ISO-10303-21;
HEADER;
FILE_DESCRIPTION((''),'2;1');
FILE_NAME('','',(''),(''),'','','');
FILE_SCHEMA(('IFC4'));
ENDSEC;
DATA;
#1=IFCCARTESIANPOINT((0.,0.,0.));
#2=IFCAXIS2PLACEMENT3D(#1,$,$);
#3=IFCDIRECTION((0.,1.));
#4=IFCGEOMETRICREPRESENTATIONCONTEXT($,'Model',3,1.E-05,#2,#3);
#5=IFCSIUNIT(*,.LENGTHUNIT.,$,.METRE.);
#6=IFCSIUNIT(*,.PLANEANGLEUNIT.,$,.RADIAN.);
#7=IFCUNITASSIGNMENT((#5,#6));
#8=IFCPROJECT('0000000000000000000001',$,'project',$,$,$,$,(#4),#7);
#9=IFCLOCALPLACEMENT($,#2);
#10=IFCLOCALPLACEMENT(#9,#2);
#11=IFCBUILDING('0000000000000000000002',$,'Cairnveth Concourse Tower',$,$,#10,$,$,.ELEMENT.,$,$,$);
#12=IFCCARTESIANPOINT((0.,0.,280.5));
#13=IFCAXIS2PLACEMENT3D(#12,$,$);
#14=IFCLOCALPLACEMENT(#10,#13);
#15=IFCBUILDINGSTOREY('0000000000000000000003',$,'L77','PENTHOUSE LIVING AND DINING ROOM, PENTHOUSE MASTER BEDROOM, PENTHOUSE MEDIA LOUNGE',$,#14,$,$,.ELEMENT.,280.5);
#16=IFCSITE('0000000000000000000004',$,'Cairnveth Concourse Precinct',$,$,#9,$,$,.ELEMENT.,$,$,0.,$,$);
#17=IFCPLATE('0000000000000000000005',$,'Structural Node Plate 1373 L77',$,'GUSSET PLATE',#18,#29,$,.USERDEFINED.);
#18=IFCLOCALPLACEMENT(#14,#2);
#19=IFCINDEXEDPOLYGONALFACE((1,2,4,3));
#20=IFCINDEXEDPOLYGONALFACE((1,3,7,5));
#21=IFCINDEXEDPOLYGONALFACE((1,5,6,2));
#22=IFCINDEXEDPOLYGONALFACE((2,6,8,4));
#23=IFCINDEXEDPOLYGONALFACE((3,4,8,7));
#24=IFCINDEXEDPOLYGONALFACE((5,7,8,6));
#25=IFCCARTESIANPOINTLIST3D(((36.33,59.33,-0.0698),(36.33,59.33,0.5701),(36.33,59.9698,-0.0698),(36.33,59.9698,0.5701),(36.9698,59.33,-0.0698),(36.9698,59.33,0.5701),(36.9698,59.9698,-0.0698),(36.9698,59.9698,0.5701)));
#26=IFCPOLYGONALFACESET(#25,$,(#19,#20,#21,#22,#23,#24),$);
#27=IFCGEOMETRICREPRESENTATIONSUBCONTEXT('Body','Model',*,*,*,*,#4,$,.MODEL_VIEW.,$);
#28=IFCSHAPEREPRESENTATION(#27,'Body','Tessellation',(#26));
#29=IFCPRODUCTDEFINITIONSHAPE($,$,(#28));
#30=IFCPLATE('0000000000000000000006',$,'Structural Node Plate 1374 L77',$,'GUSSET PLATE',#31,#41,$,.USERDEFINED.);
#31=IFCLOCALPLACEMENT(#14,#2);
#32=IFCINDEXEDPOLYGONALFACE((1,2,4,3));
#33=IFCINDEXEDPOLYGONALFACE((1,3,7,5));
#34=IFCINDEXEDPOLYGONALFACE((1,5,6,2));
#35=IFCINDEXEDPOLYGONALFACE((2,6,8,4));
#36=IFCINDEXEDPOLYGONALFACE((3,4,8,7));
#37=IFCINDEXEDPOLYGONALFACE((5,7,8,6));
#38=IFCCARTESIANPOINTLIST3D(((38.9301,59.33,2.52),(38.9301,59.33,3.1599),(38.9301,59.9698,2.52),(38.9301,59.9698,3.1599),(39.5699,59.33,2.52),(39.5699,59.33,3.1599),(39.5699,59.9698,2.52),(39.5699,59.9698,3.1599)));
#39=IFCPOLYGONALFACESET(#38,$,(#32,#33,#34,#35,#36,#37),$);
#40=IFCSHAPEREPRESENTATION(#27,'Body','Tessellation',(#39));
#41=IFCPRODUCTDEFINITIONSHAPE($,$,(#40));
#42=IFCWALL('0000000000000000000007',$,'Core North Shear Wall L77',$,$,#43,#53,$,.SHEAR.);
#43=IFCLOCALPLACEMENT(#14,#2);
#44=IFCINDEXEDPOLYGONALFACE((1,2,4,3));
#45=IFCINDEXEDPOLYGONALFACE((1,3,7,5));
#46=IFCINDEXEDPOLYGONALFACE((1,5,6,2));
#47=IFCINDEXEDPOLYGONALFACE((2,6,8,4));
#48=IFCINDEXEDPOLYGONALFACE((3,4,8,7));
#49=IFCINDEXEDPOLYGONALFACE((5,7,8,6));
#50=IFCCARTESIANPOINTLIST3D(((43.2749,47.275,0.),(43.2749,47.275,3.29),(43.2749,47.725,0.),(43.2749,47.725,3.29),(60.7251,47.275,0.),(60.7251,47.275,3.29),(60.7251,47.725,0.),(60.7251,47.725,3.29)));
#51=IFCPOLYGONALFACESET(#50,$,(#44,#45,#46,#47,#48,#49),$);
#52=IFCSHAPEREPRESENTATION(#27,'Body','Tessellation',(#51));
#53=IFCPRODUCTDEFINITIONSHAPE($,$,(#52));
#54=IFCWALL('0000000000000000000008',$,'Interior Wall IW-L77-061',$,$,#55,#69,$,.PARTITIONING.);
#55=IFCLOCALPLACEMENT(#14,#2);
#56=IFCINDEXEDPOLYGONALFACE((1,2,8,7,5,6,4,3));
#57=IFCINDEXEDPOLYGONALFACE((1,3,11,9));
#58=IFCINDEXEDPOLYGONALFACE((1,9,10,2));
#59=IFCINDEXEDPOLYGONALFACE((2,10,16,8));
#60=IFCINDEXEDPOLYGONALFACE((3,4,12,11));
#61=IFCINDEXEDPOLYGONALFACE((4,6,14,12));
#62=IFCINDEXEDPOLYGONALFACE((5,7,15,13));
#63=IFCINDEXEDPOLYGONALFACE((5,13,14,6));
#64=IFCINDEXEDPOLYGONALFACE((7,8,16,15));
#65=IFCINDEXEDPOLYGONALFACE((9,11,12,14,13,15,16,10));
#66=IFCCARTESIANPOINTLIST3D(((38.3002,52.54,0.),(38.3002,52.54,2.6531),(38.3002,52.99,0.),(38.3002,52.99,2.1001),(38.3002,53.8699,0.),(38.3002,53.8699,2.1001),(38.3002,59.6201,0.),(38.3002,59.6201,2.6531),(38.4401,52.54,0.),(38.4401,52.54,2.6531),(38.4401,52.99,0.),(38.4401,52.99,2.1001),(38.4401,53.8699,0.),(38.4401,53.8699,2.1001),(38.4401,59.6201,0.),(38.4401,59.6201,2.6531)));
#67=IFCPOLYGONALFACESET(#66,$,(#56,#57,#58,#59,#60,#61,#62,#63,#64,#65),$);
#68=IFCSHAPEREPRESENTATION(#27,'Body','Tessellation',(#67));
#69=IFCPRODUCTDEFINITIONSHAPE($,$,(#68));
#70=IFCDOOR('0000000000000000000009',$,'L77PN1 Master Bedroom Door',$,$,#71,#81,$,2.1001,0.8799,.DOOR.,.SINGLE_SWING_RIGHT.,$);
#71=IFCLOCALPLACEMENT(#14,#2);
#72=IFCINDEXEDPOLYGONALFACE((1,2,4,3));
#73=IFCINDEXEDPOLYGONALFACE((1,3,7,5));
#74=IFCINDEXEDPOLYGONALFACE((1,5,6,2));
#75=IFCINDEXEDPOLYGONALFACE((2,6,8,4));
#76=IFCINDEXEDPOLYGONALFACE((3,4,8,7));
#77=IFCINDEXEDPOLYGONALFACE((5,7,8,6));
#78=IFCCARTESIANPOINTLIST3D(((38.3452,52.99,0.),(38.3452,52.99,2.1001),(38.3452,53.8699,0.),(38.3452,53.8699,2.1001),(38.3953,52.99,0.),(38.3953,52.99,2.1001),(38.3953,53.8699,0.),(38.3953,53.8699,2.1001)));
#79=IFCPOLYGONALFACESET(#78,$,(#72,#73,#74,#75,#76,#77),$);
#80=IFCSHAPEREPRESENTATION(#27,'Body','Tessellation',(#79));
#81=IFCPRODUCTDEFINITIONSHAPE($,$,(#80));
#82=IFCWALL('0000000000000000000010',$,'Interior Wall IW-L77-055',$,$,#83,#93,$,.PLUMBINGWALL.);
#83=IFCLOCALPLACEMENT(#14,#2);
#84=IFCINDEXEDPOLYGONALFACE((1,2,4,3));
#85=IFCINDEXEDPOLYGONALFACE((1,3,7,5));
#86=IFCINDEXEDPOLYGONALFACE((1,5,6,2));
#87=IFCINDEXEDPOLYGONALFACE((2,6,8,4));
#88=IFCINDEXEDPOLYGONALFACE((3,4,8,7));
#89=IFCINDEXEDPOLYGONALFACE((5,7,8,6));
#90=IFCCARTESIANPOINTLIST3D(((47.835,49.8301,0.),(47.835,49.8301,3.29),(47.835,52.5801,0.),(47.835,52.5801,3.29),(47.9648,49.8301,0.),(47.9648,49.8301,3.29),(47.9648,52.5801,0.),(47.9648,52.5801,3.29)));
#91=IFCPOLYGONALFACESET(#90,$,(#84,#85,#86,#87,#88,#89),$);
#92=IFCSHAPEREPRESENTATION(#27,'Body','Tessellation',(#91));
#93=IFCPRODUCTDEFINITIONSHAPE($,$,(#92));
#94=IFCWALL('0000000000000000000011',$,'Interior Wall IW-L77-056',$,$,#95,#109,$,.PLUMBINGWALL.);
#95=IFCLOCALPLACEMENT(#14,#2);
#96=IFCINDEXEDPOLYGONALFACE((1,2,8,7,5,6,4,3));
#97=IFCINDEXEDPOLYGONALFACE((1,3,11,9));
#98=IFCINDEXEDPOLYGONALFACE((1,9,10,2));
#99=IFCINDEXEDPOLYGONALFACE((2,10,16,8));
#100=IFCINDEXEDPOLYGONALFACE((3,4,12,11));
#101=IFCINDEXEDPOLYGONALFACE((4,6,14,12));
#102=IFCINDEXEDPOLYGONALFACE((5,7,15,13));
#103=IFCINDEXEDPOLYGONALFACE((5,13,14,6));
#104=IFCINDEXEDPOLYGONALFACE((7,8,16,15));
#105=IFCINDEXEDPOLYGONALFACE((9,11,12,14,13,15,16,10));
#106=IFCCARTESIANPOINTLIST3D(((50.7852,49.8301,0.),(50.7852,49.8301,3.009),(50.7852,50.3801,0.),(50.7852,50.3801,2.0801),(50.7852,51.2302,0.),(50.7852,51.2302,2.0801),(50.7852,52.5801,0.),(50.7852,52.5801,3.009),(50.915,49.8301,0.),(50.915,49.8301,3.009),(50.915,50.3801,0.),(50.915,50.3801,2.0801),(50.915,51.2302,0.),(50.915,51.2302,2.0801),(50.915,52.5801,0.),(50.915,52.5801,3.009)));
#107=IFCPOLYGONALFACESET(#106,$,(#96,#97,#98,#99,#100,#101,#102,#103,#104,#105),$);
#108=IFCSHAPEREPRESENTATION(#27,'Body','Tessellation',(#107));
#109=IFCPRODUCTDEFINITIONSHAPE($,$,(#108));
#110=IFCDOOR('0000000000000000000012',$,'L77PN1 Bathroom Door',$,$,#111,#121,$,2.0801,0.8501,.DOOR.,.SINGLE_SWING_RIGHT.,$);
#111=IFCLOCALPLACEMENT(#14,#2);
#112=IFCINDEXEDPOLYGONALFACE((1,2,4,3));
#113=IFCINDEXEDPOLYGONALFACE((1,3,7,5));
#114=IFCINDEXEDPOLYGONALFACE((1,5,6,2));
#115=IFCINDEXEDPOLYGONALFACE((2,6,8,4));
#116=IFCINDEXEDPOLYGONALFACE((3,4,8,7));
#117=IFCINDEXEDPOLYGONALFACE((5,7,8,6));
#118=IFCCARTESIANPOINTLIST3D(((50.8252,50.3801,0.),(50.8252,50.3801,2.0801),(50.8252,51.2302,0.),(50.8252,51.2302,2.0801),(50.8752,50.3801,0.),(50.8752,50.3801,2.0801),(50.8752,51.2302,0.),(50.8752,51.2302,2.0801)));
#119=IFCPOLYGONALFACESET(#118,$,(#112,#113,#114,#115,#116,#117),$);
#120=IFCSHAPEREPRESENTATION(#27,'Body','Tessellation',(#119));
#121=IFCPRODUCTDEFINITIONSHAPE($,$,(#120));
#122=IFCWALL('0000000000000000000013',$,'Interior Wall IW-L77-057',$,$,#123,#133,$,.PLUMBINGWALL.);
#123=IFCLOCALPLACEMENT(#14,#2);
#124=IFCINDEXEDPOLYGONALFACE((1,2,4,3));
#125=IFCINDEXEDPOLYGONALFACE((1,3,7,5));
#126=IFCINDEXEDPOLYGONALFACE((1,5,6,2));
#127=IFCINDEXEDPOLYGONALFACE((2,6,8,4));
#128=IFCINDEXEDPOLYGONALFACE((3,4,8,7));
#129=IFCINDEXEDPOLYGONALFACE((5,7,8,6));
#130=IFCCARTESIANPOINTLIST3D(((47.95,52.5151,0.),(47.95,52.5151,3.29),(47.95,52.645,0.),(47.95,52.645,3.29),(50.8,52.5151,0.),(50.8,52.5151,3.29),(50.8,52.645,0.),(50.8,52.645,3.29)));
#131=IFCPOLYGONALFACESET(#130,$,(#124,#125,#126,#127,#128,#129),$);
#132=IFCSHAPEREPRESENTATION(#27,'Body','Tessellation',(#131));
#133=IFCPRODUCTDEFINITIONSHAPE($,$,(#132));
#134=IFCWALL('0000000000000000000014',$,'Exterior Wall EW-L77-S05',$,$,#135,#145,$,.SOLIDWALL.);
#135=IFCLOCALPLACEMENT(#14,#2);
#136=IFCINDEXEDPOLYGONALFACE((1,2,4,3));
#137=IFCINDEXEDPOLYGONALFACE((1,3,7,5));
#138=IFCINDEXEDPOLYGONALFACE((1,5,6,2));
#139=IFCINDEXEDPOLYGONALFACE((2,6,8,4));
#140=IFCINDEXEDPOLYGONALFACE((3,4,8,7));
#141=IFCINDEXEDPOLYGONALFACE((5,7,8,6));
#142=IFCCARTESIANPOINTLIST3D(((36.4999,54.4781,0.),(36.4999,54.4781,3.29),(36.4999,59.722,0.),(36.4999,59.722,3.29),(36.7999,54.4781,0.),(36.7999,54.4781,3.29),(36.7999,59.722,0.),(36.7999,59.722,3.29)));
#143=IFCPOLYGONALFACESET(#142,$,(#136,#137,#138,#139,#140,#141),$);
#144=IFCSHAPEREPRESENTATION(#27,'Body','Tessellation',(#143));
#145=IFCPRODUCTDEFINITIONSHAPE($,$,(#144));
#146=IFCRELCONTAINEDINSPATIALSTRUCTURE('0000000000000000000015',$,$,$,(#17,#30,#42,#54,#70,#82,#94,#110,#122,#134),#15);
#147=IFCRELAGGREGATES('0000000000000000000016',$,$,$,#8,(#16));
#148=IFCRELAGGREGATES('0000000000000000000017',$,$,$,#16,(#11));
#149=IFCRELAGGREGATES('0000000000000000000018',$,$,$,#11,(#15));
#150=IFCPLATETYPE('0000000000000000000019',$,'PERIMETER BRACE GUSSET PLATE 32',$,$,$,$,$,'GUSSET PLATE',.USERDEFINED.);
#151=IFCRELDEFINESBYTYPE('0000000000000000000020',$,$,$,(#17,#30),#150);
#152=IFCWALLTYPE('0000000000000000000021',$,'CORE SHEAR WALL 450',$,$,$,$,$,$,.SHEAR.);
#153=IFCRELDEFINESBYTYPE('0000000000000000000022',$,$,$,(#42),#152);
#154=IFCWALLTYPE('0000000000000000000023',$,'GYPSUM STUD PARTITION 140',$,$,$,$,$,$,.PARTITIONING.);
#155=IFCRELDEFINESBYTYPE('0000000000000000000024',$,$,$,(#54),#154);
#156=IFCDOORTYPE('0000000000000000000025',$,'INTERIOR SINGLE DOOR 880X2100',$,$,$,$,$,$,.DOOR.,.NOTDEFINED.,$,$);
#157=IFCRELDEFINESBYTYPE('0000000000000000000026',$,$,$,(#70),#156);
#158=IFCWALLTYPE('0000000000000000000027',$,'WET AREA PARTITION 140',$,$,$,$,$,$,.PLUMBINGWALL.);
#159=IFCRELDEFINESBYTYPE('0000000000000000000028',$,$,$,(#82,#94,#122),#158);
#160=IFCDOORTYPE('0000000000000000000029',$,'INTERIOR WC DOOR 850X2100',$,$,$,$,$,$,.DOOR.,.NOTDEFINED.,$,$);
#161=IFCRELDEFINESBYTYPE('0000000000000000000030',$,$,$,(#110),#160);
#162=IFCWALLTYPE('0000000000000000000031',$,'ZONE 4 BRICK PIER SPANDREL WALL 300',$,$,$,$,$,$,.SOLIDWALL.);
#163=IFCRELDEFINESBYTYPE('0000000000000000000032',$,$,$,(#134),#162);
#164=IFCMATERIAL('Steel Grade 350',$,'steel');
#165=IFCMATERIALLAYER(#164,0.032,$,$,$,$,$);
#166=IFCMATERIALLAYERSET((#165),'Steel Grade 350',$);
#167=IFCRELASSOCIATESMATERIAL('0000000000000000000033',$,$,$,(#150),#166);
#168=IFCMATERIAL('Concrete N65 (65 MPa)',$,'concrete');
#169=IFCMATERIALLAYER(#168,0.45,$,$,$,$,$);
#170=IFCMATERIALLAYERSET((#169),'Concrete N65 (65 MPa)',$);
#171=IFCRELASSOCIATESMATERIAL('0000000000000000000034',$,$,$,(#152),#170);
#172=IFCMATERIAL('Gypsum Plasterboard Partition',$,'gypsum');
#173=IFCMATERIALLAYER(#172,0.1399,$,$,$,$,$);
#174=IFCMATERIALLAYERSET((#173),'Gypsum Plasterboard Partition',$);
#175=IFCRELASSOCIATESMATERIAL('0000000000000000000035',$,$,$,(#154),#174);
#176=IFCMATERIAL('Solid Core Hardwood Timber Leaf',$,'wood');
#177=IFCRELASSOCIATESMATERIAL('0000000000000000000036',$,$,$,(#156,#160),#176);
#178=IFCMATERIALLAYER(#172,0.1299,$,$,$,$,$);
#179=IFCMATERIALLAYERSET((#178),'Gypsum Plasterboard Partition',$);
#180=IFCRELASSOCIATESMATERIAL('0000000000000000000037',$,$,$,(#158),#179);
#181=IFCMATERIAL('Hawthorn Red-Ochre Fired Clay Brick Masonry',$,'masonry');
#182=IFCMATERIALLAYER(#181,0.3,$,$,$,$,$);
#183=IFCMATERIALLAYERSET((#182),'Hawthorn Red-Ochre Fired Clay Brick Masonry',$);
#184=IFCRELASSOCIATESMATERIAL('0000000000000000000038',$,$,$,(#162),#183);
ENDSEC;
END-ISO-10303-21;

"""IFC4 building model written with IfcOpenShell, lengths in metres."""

from ifc_helpers import new_model, si_unit, direction, frame, frame_2d, origin, origin_2d, place, context, subcontext, project, spatial, rectangle, extrude, material, layer, layer_set, type_object, element, fill, save


model = new_model("IFC4")

# Units and contexts
model_context = context("Model", 3, precision=1e-05, world=origin(), true_north=direction((0.0, 1.0)))
body_context = subcontext(model_context, "Body", "Model", "MODEL_VIEW")
ifc_project = project(units=[si_unit("LENGTHUNIT", "METRE"), si_unit("PLANEANGLEUNIT", "RADIAN")], contexts=[model_context])

# Site, building, storey
site_placement = place(None, origin())
site = spatial("IfcSite", under=ifc_project, at=site_placement, Name="Cairnveth Concourse Precinct", CompositionType="ELEMENT", RefElevation=0.0)
building_placement = place(site_placement, origin())
building = spatial("IfcBuilding", under=site, at=building_placement, Name="Cairnveth Concourse Tower", CompositionType="ELEMENT")
storey_placement = place(building_placement, frame((0.0, 0.0, 280.5)))
storey = spatial("IfcBuildingStorey", under=building, at=storey_placement, Name="L77", Description="PENTHOUSE LIVING AND DINING ROOM, PENTHOUSE MASTER BEDROOM, PENTHOUSE MEDIA LOUNGE", CompositionType="ELEMENT", Elevation=280.5)

# Shared definitions
ifc_material_1 = material(Name="Steel Grade 350", Category="steel")

# Plates
ifc_layer_1 = layer(ifc_material_1, 0.032)
ifc_layer_set_1 = layer_set([ifc_layer_1], Name="Steel Grade 350")
plate_type = type_object("IfcPlateType", Name="PERIMETER BRACE GUSSET PLATE 32", ElementType="GUSSET PLATE", PredefinedType="USERDEFINED", material=ifc_layer_set_1)
for number, where, z_axis, x_axis, name in (
    (1, (36.6499, 59.6499, -0.0698), (0.0, 0.0, 1.0), (1.0, 0.0, 0.0), "Structural Node Plate 1373 L77"),
    (2, (39.25, 59.6499, 2.52), (0.0, 0.0, 1.0), (1.0, 0.0, 0.0), "Structural Node Plate 1374 L77"),
):
    element("IfcPlate", number, at=place(storey_placement, frame(where, z_axis=z_axis, x_axis=x_axis)), inside=storey, type_object=plate_type, Name=name, ObjectType="GUSSET PLATE", PredefinedType="USERDEFINED", context=body_context, shape_type="SweptSolid", body=[
        extrude(rectangle(XDim=0.6399, YDim=0.6399, at=origin_2d()), origin(), (0.0, 0.0, 1.0), 0.6399),
    ])

# Wall
ifc_material_2 = material(Name="Concrete N65 (65 MPa)", Category="concrete")
ifc_layer_2 = layer(ifc_material_2, 0.45)
ifc_layer_set_2 = layer_set([ifc_layer_2], Name="Concrete N65 (65 MPa)")
wall_type_1 = type_object("IfcWallType", Name="CORE SHEAR WALL 450", PredefinedType="SHEAR", material=ifc_layer_set_2)
wall_1_placement = place(storey_placement, frame((43.2749, 47.5, 0.0), z_axis=(0.0, 0.0, 1.0), x_axis=(1.0, 0.0, 0.0)))
element("IfcWall", 3, at=wall_1_placement, inside=storey, type_object=wall_type_1, Name="Core North Shear Wall L77", PredefinedType="SHEAR", context=body_context, shape_type="SweptSolid", body=[
    extrude(rectangle(XDim=17.4502, YDim=0.45, at=frame_2d((8.7251, 0.0))), origin(), (0.0, 0.0, 1.0), 3.29),
])

# Wall, opening, door
ifc_material_3 = material(Name="Gypsum Plasterboard Partition", Category="gypsum")
ifc_layer_3 = layer(ifc_material_3, 0.1399)
ifc_layer_set_3 = layer_set([ifc_layer_3], Name="Gypsum Plasterboard Partition")
wall_type_2 = type_object("IfcWallType", Name="GYPSUM STUD PARTITION 140", PredefinedType="PARTITIONING", material=ifc_layer_set_3)
wall_2_placement = place(storey_placement, frame((38.3701, 52.54, 0.0), z_axis=(0.0, 0.0, 1.0), x_axis=(0.0, 1.0, 0.0)))
wall_2 = element("IfcWall", 4, at=wall_2_placement, inside=storey, type_object=wall_type_2, Name="Interior Wall IW-L77-061", PredefinedType="PARTITIONING", context=body_context, shape_type="SweptSolid", body=[
    extrude(rectangle(XDim=7.0801, YDim=0.1399, at=frame_2d((3.54, 0.0))), origin(), (0.0, 0.0, 1.0), 2.6531),
])
opening_1_placement = place(wall_2_placement, frame((0.45, 0.0, 0.0)))
opening_1 = element("IfcOpeningElement", 5, at=opening_1_placement, cuts=wall_2, PredefinedType="OPENING", context=body_context, shape_type="SweptSolid", body=[
    extrude(rectangle(XDim=0.8799, YDim=2.1001, at=frame_2d((0.4399, 1.05))), frame((0.0, 0.0798, 0.0), z_axis=(0.0, -1.0, 0.0), x_axis=(1.0, 0.0, 0.0)), (0.0, 0.0, 1.0), 0.1599),
])
ifc_material_4 = material(Name="Solid Core Hardwood Timber Leaf", Category="wood")
door_type_1 = type_object("IfcDoorType", Name="INTERIOR SINGLE DOOR 880X2100", OperationType="NOTDEFINED", PredefinedType="DOOR", material=ifc_material_4)
door_1_placement = place(opening_1_placement, origin())
door_1 = element("IfcDoor", 6, at=door_1_placement, inside=storey, type_object=door_type_1, Name="L77PN1 Master Bedroom Door", OperationType="SINGLE_SWING_RIGHT", OverallHeight=2.1001, OverallWidth=0.8799, PredefinedType="DOOR", context=body_context, shape_type="SweptSolid", body=[
    extrude(rectangle(XDim=0.8799, YDim=2.1001, at=frame_2d((0.4399, 1.05))), frame((0.0, 0.0249, 0.0), z_axis=(0.0, -1.0, 0.0), x_axis=(1.0, 0.0, 0.0)), (0.0, 0.0, 1.0), 0.05),
])
fill(opening_1, door_1)

# Wall
ifc_layer_4 = layer(ifc_material_3, 0.1299)
ifc_layer_set_4 = layer_set([ifc_layer_4], Name="Gypsum Plasterboard Partition")
wall_type_3 = type_object("IfcWallType", Name="WET AREA PARTITION 140", PredefinedType="PLUMBINGWALL", material=ifc_layer_set_4)
wall_3_placement = place(storey_placement, frame((47.8999, 49.8301, 0.0), z_axis=(0.0, 0.0, 1.0), x_axis=(0.0, 1.0, 0.0)))
element("IfcWall", 7, at=wall_3_placement, inside=storey, type_object=wall_type_3, Name="Interior Wall IW-L77-055", PredefinedType="PLUMBINGWALL", context=body_context, shape_type="SweptSolid", body=[
    extrude(rectangle(XDim=2.75, YDim=0.1299, at=frame_2d((1.375, 0.0))), origin(), (0.0, 0.0, 1.0), 3.29),
])

# Wall, opening, door
wall_4_placement = place(storey_placement, frame((50.8501, 49.8301, 0.0), z_axis=(0.0, 0.0, 1.0), x_axis=(0.0, 1.0, 0.0)))
wall_4 = element("IfcWall", 8, at=wall_4_placement, inside=storey, type_object=wall_type_3, Name="Interior Wall IW-L77-056", PredefinedType="PLUMBINGWALL", context=body_context, shape_type="SweptSolid", body=[
    extrude(rectangle(XDim=2.75, YDim=0.1299, at=frame_2d((1.375, 0.0))), origin(), (0.0, 0.0, 1.0), 3.009),
])
opening_2_placement = place(wall_4_placement, frame((0.55, 0.0, 0.0)))
opening_2 = element("IfcOpeningElement", 9, at=opening_2_placement, cuts=wall_4, PredefinedType="OPENING", context=body_context, shape_type="SweptSolid", body=[
    extrude(rectangle(XDim=0.8501, YDim=2.0801, at=frame_2d((0.425, 1.04))), frame((0.0, 0.075, 0.0), z_axis=(0.0, -1.0, 0.0), x_axis=(1.0, 0.0, 0.0)), (0.0, 0.0, 1.0), 0.1499),
])
door_type_2 = type_object("IfcDoorType", Name="INTERIOR WC DOOR 850X2100", OperationType="NOTDEFINED", PredefinedType="DOOR", material=ifc_material_4)
door_2_placement = place(opening_2_placement, origin())
door_2 = element("IfcDoor", 10, at=door_2_placement, inside=storey, type_object=door_type_2, Name="L77PN1 Bathroom Door", OperationType="SINGLE_SWING_RIGHT", OverallHeight=2.0801, OverallWidth=0.8501, PredefinedType="DOOR", context=body_context, shape_type="SweptSolid", body=[
    extrude(rectangle(XDim=0.8501, YDim=2.0801, at=frame_2d((0.425, 1.04))), frame((0.0, 0.0249, 0.0), z_axis=(0.0, -1.0, 0.0), x_axis=(1.0, 0.0, 0.0)), (0.0, 0.0, 1.0), 0.05),
])
fill(opening_2, door_2)

# Walls
wall_5_placement = place(storey_placement, frame((47.95, 52.5801, 0.0), z_axis=(0.0, 0.0, 1.0), x_axis=(1.0, 0.0, 0.0)))
element("IfcWall", 11, at=wall_5_placement, inside=storey, type_object=wall_type_3, Name="Interior Wall IW-L77-057", PredefinedType="PLUMBINGWALL", context=body_context, shape_type="SweptSolid", body=[
    extrude(rectangle(XDim=2.8501, YDim=0.1299, at=frame_2d((1.425, 0.0))), origin(), (0.0, 0.0, 1.0), 3.29),
])
ifc_material_5 = material(Name="Hawthorn Red-Ochre Fired Clay Brick Masonry", Category="masonry")
ifc_layer_5 = layer(ifc_material_5, 0.3)
ifc_layer_set_5 = layer_set([ifc_layer_5], Name="Hawthorn Red-Ochre Fired Clay Brick Masonry")
wall_type_4 = type_object("IfcWallType", Name="ZONE 4 BRICK PIER SPANDREL WALL 300", PredefinedType="SOLIDWALL", material=ifc_layer_set_5)
wall_6_placement = place(storey_placement, frame((36.6499, 54.478, 0.0), z_axis=(0.0, 0.0, 1.0), x_axis=(0.0, 1.0, 0.0)))
element("IfcWall", 12, at=wall_6_placement, inside=storey, type_object=wall_type_4, Name="Exterior Wall EW-L77-S05", PredefinedType="SOLIDWALL", context=body_context, shape_type="SweptSolid", body=[
    extrude(rectangle(XDim=5.2439, YDim=0.3, at=frame_2d((2.6221, 0.0))), origin(), (0.0, 0.0, 1.0), 3.29),
])

save(model, "model.ifc")
